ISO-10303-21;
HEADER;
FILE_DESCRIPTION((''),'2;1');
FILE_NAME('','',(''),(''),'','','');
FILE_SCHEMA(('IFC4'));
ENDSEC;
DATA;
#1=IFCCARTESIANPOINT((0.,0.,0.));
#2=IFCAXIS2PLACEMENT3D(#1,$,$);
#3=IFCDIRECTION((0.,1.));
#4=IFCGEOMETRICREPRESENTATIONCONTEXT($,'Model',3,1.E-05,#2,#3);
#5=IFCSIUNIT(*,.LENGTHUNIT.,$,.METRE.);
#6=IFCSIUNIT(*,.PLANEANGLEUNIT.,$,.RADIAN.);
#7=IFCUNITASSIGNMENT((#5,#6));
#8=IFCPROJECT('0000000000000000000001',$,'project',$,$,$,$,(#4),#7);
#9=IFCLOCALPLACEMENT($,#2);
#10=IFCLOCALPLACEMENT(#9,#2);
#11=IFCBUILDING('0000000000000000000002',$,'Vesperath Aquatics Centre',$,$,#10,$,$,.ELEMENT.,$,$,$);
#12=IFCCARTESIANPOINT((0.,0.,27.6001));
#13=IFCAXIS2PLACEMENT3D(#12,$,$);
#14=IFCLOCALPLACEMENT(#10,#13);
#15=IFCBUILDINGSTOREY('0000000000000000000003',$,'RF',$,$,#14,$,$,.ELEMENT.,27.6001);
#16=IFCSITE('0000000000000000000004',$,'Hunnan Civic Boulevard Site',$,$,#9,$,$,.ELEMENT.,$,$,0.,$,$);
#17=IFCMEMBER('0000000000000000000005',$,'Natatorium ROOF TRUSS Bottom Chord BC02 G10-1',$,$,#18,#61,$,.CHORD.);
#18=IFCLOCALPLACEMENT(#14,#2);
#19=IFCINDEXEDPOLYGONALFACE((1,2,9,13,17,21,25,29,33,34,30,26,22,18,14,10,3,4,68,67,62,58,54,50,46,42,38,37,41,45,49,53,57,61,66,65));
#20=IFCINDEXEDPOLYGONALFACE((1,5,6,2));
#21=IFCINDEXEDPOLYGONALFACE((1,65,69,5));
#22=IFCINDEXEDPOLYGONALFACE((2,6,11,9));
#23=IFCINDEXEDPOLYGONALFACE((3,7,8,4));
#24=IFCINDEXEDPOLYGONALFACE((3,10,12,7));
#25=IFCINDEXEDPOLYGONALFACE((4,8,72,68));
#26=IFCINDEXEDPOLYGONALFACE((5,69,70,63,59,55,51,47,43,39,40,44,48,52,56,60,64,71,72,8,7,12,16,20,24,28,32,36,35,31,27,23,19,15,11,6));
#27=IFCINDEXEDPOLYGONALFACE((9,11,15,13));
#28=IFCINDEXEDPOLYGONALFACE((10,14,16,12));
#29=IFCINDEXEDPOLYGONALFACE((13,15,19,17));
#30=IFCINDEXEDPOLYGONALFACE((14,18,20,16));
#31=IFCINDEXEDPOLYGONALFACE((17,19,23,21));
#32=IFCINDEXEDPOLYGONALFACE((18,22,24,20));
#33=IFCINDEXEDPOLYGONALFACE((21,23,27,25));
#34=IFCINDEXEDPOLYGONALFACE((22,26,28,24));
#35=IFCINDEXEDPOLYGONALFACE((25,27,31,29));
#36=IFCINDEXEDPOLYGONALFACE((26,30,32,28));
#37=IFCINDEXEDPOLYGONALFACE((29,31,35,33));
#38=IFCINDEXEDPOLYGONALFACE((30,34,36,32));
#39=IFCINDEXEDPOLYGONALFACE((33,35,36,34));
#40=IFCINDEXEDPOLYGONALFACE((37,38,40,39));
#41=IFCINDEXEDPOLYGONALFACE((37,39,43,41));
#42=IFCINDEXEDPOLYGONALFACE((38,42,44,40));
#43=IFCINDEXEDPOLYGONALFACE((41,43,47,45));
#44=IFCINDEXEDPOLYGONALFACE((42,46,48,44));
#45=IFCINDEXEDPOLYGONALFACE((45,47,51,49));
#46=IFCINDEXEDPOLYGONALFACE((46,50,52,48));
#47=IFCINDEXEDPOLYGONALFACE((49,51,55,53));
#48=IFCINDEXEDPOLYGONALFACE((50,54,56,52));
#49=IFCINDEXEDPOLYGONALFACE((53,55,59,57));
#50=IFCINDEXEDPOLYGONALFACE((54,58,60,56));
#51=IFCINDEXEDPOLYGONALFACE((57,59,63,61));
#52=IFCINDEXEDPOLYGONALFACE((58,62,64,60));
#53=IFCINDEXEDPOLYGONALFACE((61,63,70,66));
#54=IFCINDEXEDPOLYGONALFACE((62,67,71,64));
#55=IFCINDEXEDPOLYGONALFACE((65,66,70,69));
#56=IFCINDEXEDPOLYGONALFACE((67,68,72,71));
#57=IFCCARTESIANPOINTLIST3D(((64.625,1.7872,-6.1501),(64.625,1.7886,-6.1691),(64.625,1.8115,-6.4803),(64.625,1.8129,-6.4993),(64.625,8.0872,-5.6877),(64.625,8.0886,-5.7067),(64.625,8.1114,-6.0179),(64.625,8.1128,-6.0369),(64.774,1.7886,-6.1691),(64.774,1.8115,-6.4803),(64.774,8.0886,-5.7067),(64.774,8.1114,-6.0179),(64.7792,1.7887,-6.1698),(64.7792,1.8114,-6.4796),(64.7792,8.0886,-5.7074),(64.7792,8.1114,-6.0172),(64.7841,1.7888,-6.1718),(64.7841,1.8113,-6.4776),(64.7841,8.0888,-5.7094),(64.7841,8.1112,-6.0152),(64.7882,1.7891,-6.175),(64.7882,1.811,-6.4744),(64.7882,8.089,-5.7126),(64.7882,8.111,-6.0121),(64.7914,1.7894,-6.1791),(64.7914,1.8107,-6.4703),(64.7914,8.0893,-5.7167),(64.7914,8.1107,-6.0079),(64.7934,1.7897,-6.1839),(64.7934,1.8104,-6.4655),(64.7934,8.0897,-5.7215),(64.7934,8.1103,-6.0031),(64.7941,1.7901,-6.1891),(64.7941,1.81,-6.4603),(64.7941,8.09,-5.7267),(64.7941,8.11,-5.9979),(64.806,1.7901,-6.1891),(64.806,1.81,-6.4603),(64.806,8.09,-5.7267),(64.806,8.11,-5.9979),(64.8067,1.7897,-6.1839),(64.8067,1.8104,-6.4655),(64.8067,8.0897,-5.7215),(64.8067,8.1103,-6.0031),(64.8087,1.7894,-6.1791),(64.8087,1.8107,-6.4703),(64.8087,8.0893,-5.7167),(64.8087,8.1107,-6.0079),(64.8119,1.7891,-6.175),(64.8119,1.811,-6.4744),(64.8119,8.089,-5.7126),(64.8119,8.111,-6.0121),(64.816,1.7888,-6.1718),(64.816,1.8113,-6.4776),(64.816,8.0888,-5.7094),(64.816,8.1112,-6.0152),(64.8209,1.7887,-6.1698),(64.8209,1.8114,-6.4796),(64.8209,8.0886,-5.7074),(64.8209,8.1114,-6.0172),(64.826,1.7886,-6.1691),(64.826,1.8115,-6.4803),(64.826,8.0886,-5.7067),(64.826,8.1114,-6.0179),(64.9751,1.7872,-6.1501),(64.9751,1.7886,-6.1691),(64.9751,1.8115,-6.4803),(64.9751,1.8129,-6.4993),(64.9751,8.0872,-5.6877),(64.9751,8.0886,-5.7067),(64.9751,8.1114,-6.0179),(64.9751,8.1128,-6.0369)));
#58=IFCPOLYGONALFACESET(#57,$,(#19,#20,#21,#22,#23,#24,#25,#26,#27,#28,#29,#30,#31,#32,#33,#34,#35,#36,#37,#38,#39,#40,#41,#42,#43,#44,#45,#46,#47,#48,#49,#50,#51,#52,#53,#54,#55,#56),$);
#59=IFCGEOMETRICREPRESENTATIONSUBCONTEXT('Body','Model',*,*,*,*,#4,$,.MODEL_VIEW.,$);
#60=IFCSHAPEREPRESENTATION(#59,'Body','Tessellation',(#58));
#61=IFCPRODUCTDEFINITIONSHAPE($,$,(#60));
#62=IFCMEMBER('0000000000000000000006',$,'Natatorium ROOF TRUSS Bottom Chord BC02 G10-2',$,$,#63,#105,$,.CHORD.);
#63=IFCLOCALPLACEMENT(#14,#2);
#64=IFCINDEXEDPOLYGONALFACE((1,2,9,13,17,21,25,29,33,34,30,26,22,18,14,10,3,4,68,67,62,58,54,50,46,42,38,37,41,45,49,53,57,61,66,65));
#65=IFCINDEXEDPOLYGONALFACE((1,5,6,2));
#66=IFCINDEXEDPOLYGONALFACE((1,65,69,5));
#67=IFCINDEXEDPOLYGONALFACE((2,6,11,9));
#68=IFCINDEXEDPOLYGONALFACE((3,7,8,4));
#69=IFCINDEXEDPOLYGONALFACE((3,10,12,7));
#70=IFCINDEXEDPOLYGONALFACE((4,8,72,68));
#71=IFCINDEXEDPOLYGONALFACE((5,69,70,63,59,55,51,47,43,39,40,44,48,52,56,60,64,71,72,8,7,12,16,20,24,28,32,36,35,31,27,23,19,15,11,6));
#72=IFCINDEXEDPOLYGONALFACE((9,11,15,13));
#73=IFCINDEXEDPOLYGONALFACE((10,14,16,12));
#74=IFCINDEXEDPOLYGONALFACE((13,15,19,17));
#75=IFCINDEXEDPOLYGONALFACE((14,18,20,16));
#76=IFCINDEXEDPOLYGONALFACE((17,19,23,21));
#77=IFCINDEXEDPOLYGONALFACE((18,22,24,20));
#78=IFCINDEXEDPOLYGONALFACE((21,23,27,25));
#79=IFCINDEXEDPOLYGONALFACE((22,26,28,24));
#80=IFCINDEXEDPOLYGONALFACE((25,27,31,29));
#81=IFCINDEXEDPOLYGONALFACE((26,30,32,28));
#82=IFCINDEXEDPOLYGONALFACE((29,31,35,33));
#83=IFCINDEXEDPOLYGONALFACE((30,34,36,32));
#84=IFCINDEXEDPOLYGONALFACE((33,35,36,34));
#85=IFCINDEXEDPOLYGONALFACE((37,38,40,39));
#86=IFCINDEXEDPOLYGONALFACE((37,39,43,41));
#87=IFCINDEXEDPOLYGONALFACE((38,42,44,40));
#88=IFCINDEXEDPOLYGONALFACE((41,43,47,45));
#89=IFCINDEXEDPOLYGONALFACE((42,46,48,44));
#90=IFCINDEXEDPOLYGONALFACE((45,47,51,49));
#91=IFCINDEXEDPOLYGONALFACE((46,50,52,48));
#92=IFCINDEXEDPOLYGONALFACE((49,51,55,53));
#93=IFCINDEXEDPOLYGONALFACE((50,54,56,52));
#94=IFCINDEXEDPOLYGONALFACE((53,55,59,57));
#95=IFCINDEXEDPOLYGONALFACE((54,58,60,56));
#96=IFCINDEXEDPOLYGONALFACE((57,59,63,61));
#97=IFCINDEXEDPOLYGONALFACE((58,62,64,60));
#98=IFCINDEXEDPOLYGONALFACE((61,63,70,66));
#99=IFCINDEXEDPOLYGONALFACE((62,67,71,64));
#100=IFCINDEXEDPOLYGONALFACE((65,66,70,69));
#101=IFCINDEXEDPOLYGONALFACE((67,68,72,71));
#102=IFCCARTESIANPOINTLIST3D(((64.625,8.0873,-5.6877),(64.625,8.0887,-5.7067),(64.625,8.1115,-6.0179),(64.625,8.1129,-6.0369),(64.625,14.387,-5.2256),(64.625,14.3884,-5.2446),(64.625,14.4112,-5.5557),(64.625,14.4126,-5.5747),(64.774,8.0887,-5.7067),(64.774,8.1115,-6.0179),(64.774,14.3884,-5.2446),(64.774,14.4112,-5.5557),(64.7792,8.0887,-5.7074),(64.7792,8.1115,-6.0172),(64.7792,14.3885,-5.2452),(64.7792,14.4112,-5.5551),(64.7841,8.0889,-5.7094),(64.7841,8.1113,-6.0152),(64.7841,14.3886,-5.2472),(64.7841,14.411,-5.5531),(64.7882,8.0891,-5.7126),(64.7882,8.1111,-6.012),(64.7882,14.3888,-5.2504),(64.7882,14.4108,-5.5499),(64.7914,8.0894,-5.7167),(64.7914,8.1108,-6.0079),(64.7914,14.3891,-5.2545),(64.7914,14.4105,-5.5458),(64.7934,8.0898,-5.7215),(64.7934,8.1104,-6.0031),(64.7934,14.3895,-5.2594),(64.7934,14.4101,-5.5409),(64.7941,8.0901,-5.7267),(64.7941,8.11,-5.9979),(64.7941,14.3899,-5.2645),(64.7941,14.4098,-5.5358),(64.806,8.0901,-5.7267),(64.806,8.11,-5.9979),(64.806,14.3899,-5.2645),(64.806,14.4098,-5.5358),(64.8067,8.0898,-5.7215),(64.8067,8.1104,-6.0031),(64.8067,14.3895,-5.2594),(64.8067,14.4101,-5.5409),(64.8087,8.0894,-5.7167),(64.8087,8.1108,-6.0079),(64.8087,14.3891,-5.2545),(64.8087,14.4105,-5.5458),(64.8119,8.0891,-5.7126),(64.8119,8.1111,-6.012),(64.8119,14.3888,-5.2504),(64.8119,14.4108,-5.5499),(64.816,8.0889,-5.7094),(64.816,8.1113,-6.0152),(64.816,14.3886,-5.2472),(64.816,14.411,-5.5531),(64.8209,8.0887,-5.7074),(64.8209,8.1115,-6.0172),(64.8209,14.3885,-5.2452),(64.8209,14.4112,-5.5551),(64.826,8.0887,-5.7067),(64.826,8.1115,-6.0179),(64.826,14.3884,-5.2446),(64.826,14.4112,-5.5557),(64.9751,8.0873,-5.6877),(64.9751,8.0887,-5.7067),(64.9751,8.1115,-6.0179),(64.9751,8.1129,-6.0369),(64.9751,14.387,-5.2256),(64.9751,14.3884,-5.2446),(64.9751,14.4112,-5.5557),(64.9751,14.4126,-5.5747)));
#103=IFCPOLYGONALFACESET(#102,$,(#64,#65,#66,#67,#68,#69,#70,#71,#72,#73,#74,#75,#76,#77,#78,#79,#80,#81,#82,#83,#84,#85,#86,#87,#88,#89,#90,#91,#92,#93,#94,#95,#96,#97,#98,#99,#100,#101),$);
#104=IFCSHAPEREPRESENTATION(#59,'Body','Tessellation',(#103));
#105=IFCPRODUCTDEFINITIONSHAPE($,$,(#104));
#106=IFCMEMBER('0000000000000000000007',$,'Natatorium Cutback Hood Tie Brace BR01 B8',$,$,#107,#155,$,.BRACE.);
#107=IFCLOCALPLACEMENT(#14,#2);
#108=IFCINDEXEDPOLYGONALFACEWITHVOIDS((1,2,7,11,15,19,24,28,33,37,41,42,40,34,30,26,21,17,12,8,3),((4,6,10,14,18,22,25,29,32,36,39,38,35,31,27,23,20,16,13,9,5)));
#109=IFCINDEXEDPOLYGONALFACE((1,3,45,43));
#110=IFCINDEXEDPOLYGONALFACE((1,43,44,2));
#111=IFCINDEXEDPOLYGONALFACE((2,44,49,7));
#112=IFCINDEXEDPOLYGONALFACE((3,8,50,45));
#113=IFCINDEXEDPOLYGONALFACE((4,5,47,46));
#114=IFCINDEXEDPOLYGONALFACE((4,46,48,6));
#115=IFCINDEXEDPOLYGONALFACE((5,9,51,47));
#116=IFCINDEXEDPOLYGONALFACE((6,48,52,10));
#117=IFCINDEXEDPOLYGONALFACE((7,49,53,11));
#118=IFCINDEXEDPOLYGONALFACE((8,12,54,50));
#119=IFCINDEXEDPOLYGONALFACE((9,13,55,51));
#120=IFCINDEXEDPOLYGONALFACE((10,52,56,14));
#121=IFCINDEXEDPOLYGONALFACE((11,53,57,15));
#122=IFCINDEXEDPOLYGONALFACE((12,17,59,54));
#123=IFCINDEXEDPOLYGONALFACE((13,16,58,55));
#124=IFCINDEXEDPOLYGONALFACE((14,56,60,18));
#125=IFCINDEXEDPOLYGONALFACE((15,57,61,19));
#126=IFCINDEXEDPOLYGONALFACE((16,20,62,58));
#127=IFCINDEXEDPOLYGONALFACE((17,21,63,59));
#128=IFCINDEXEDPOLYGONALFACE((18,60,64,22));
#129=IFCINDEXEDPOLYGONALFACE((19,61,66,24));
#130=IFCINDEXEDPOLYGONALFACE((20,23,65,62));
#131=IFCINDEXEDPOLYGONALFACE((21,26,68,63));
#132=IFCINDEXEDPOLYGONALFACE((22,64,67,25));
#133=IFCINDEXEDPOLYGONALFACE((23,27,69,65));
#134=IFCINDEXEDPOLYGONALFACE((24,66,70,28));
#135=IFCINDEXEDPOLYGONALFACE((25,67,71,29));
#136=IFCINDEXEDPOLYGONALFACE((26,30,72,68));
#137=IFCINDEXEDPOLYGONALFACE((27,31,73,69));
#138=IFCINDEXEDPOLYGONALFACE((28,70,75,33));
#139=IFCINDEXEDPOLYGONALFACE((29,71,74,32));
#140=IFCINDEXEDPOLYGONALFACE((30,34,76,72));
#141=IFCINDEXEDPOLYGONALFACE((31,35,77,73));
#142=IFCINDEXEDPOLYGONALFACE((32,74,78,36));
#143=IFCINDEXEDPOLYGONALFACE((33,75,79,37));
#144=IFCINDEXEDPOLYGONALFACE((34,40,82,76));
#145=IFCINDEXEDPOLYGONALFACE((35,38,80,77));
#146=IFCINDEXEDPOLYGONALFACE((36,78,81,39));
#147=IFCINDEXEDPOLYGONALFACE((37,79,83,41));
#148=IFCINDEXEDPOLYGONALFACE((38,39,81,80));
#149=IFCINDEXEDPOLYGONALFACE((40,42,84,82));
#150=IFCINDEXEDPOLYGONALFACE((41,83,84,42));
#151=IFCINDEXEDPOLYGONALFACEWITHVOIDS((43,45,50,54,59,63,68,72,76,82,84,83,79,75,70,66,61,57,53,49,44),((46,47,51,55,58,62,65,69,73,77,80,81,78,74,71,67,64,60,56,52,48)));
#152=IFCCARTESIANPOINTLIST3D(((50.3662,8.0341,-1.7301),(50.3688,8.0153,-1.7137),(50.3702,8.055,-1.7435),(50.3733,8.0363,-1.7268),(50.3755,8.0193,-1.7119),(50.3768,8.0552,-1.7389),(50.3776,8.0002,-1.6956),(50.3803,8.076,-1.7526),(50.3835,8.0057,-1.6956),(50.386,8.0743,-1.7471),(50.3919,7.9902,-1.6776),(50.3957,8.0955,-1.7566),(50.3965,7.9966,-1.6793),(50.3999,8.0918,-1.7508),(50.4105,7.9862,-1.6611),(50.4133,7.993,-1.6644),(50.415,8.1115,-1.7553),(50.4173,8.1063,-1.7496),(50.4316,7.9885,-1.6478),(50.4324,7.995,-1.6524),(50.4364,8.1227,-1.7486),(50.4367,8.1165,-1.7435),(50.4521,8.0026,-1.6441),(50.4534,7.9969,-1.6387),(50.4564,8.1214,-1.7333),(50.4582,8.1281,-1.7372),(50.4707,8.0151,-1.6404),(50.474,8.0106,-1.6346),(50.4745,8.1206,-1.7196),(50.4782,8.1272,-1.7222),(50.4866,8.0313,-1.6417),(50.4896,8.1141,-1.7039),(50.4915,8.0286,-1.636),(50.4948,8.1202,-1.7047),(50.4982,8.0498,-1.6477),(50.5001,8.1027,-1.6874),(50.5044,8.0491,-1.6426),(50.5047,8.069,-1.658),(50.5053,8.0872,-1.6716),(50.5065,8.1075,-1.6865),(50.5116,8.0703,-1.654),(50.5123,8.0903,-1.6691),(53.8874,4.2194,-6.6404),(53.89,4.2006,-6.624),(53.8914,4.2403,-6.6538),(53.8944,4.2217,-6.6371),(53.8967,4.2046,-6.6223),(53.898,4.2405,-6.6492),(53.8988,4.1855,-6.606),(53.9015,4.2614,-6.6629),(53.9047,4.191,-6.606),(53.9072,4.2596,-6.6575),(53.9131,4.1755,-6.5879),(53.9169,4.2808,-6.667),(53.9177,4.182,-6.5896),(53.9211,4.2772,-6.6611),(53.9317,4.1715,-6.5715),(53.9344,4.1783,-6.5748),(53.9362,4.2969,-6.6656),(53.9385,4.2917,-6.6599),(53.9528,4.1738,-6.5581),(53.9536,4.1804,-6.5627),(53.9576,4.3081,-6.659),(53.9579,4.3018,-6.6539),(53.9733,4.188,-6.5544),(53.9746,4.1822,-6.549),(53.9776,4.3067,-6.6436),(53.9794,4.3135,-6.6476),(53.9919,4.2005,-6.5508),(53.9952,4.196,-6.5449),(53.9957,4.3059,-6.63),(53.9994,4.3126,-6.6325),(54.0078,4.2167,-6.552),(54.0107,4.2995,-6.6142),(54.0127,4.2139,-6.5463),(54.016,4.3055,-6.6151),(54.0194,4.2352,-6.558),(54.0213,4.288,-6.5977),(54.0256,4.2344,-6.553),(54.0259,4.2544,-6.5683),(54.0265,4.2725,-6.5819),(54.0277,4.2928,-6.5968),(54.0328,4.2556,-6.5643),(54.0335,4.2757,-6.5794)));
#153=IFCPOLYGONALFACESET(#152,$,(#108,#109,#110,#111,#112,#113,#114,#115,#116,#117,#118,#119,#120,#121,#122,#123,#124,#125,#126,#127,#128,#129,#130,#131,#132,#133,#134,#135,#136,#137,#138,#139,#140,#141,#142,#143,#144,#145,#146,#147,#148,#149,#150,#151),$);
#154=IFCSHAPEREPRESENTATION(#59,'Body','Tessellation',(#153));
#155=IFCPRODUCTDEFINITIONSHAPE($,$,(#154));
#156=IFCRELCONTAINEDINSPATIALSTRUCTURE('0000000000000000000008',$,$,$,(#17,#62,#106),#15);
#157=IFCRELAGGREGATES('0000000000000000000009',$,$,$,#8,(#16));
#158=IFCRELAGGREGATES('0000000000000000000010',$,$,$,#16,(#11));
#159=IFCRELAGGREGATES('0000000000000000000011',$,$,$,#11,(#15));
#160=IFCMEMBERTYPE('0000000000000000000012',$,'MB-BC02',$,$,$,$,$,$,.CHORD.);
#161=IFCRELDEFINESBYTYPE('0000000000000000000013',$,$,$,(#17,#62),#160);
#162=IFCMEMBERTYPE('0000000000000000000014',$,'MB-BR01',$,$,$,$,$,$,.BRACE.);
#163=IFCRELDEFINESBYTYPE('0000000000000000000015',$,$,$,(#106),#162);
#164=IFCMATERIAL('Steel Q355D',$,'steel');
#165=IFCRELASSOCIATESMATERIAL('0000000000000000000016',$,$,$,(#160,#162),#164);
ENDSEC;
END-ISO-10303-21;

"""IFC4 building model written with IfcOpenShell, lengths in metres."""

from ifc_helpers import new_model, si_unit, direction, frame, origin, origin_2d, place, context, subcontext, project, spatial, hollow_circle, i_section, extrude, material, material_profile, profile_set, type_object, element, save


model = new_model("IFC4")

# Units and contexts
model_context = context("Model", 3, precision=1e-05, world=origin(), true_north=direction((0.0, 1.0)))
body_context = subcontext(model_context, "Body", "Model", "MODEL_VIEW")
ifc_project = project(units=[si_unit("LENGTHUNIT", "METRE"), si_unit("PLANEANGLEUNIT", "RADIAN")], contexts=[model_context])

# Site, building, storey
site_placement = place(None, origin())
site = spatial("IfcSite", under=ifc_project, at=site_placement, Name="Hunnan Civic Boulevard Site", CompositionType="ELEMENT", RefElevation=0.0)
building_placement = place(site_placement, origin())
building = spatial("IfcBuilding", under=site, at=building_placement, Name="Vesperath Aquatics Centre", CompositionType="ELEMENT")
storey_placement = place(building_placement, frame((0.0, 0.0, 27.6001)))
storey = spatial("IfcBuildingStorey", under=building, at=storey_placement, Name="RF", CompositionType="ELEMENT", Elevation=27.6001)

# Members
ifc_material_1 = material(Name="Steel Q355D", Category="steel")
ifc_material_profile_1 = material_profile(ifc_material_1, i_section(OverallWidth=0.3501, OverallDepth=0.3501, WebThickness=0.012, FlangeThickness=0.019, FilletRadius=0.02, at=origin_2d()), Name="HW 350x350x12x19")
ifc_profile_set_1 = profile_set([ifc_material_profile_1], Name="Steel Q355D")
member_type_1 = type_object("IfcMemberType", Name="MB-BC02", PredefinedType="CHORD", material=ifc_profile_set_1)
member_1_placement = place(storey_placement, frame((64.8, 1.8, -6.3247), z_axis=(0.0, 0.997317, 0.0732), x_axis=(-1.0, 0.0, 0.0)))
element("IfcMember", 1, at=member_1_placement, inside=storey, type_object=member_type_1, Name="Natatorium ROOF TRUSS Bottom Chord BC02 G10-1", PredefinedType="CHORD", context=body_context, shape_type="SweptSolid", body=[
    extrude(i_section(OverallWidth=0.3501, OverallDepth=0.3501, WebThickness=0.012, FlangeThickness=0.019, FilletRadius=0.02, at=origin_2d()), origin(), (0.0, 0.0, 1.0), 6.3169),
])
member_2_placement = place(storey_placement, frame((64.8, 8.1001, -5.8623), z_axis=(0.0, 0.99732, 0.073164), x_axis=(-1.0, 0.0, 0.0)))
element("IfcMember", 2, at=member_2_placement, inside=storey, type_object=member_type_1, Name="Natatorium ROOF TRUSS Bottom Chord BC02 G10-2", PredefinedType="CHORD", context=body_context, shape_type="SweptSolid", body=[
    extrude(i_section(OverallWidth=0.3501, OverallDepth=0.3501, WebThickness=0.012, FlangeThickness=0.019, FilletRadius=0.02, at=origin_2d()), origin(), (0.0, 0.0, 1.0), 6.3167),
])
ifc_material_profile_2 = material_profile(ifc_material_1, hollow_circle(Radius=0.0842, WallThickness=0.0081, at=origin_2d()), Name="CHS 168.3x8")
ifc_profile_set_2 = profile_set([ifc_material_profile_2], Name="Steel Q355D")
member_type_2 = type_object("IfcMemberType", Name="MB-BR01", PredefinedType="BRACE", material=ifc_profile_set_2)
for number, where, z_axis, x_axis, name in (
    (3, (53.9607, 4.2427, -6.606), (-0.492768, 0.533834, 0.687169), (-0.734805, -0.678278, 0.0), "Natatorium Cutback Hood Tie Brace BR01 B8"),
):
    element("IfcMember", number, at=place(storey_placement, frame(where, z_axis=z_axis, x_axis=x_axis)), inside=storey, type_object=member_type_2, Name=name, PredefinedType="BRACE", context=body_context, shape_type="SweptSolid", body=[
        extrude(hollow_circle(Radius=0.0842, WallThickness=0.0081, at=origin_2d()), origin(), (0.0, 0.0, 1.0), 7.1458),
    ])

save(model, "model.ifc")
